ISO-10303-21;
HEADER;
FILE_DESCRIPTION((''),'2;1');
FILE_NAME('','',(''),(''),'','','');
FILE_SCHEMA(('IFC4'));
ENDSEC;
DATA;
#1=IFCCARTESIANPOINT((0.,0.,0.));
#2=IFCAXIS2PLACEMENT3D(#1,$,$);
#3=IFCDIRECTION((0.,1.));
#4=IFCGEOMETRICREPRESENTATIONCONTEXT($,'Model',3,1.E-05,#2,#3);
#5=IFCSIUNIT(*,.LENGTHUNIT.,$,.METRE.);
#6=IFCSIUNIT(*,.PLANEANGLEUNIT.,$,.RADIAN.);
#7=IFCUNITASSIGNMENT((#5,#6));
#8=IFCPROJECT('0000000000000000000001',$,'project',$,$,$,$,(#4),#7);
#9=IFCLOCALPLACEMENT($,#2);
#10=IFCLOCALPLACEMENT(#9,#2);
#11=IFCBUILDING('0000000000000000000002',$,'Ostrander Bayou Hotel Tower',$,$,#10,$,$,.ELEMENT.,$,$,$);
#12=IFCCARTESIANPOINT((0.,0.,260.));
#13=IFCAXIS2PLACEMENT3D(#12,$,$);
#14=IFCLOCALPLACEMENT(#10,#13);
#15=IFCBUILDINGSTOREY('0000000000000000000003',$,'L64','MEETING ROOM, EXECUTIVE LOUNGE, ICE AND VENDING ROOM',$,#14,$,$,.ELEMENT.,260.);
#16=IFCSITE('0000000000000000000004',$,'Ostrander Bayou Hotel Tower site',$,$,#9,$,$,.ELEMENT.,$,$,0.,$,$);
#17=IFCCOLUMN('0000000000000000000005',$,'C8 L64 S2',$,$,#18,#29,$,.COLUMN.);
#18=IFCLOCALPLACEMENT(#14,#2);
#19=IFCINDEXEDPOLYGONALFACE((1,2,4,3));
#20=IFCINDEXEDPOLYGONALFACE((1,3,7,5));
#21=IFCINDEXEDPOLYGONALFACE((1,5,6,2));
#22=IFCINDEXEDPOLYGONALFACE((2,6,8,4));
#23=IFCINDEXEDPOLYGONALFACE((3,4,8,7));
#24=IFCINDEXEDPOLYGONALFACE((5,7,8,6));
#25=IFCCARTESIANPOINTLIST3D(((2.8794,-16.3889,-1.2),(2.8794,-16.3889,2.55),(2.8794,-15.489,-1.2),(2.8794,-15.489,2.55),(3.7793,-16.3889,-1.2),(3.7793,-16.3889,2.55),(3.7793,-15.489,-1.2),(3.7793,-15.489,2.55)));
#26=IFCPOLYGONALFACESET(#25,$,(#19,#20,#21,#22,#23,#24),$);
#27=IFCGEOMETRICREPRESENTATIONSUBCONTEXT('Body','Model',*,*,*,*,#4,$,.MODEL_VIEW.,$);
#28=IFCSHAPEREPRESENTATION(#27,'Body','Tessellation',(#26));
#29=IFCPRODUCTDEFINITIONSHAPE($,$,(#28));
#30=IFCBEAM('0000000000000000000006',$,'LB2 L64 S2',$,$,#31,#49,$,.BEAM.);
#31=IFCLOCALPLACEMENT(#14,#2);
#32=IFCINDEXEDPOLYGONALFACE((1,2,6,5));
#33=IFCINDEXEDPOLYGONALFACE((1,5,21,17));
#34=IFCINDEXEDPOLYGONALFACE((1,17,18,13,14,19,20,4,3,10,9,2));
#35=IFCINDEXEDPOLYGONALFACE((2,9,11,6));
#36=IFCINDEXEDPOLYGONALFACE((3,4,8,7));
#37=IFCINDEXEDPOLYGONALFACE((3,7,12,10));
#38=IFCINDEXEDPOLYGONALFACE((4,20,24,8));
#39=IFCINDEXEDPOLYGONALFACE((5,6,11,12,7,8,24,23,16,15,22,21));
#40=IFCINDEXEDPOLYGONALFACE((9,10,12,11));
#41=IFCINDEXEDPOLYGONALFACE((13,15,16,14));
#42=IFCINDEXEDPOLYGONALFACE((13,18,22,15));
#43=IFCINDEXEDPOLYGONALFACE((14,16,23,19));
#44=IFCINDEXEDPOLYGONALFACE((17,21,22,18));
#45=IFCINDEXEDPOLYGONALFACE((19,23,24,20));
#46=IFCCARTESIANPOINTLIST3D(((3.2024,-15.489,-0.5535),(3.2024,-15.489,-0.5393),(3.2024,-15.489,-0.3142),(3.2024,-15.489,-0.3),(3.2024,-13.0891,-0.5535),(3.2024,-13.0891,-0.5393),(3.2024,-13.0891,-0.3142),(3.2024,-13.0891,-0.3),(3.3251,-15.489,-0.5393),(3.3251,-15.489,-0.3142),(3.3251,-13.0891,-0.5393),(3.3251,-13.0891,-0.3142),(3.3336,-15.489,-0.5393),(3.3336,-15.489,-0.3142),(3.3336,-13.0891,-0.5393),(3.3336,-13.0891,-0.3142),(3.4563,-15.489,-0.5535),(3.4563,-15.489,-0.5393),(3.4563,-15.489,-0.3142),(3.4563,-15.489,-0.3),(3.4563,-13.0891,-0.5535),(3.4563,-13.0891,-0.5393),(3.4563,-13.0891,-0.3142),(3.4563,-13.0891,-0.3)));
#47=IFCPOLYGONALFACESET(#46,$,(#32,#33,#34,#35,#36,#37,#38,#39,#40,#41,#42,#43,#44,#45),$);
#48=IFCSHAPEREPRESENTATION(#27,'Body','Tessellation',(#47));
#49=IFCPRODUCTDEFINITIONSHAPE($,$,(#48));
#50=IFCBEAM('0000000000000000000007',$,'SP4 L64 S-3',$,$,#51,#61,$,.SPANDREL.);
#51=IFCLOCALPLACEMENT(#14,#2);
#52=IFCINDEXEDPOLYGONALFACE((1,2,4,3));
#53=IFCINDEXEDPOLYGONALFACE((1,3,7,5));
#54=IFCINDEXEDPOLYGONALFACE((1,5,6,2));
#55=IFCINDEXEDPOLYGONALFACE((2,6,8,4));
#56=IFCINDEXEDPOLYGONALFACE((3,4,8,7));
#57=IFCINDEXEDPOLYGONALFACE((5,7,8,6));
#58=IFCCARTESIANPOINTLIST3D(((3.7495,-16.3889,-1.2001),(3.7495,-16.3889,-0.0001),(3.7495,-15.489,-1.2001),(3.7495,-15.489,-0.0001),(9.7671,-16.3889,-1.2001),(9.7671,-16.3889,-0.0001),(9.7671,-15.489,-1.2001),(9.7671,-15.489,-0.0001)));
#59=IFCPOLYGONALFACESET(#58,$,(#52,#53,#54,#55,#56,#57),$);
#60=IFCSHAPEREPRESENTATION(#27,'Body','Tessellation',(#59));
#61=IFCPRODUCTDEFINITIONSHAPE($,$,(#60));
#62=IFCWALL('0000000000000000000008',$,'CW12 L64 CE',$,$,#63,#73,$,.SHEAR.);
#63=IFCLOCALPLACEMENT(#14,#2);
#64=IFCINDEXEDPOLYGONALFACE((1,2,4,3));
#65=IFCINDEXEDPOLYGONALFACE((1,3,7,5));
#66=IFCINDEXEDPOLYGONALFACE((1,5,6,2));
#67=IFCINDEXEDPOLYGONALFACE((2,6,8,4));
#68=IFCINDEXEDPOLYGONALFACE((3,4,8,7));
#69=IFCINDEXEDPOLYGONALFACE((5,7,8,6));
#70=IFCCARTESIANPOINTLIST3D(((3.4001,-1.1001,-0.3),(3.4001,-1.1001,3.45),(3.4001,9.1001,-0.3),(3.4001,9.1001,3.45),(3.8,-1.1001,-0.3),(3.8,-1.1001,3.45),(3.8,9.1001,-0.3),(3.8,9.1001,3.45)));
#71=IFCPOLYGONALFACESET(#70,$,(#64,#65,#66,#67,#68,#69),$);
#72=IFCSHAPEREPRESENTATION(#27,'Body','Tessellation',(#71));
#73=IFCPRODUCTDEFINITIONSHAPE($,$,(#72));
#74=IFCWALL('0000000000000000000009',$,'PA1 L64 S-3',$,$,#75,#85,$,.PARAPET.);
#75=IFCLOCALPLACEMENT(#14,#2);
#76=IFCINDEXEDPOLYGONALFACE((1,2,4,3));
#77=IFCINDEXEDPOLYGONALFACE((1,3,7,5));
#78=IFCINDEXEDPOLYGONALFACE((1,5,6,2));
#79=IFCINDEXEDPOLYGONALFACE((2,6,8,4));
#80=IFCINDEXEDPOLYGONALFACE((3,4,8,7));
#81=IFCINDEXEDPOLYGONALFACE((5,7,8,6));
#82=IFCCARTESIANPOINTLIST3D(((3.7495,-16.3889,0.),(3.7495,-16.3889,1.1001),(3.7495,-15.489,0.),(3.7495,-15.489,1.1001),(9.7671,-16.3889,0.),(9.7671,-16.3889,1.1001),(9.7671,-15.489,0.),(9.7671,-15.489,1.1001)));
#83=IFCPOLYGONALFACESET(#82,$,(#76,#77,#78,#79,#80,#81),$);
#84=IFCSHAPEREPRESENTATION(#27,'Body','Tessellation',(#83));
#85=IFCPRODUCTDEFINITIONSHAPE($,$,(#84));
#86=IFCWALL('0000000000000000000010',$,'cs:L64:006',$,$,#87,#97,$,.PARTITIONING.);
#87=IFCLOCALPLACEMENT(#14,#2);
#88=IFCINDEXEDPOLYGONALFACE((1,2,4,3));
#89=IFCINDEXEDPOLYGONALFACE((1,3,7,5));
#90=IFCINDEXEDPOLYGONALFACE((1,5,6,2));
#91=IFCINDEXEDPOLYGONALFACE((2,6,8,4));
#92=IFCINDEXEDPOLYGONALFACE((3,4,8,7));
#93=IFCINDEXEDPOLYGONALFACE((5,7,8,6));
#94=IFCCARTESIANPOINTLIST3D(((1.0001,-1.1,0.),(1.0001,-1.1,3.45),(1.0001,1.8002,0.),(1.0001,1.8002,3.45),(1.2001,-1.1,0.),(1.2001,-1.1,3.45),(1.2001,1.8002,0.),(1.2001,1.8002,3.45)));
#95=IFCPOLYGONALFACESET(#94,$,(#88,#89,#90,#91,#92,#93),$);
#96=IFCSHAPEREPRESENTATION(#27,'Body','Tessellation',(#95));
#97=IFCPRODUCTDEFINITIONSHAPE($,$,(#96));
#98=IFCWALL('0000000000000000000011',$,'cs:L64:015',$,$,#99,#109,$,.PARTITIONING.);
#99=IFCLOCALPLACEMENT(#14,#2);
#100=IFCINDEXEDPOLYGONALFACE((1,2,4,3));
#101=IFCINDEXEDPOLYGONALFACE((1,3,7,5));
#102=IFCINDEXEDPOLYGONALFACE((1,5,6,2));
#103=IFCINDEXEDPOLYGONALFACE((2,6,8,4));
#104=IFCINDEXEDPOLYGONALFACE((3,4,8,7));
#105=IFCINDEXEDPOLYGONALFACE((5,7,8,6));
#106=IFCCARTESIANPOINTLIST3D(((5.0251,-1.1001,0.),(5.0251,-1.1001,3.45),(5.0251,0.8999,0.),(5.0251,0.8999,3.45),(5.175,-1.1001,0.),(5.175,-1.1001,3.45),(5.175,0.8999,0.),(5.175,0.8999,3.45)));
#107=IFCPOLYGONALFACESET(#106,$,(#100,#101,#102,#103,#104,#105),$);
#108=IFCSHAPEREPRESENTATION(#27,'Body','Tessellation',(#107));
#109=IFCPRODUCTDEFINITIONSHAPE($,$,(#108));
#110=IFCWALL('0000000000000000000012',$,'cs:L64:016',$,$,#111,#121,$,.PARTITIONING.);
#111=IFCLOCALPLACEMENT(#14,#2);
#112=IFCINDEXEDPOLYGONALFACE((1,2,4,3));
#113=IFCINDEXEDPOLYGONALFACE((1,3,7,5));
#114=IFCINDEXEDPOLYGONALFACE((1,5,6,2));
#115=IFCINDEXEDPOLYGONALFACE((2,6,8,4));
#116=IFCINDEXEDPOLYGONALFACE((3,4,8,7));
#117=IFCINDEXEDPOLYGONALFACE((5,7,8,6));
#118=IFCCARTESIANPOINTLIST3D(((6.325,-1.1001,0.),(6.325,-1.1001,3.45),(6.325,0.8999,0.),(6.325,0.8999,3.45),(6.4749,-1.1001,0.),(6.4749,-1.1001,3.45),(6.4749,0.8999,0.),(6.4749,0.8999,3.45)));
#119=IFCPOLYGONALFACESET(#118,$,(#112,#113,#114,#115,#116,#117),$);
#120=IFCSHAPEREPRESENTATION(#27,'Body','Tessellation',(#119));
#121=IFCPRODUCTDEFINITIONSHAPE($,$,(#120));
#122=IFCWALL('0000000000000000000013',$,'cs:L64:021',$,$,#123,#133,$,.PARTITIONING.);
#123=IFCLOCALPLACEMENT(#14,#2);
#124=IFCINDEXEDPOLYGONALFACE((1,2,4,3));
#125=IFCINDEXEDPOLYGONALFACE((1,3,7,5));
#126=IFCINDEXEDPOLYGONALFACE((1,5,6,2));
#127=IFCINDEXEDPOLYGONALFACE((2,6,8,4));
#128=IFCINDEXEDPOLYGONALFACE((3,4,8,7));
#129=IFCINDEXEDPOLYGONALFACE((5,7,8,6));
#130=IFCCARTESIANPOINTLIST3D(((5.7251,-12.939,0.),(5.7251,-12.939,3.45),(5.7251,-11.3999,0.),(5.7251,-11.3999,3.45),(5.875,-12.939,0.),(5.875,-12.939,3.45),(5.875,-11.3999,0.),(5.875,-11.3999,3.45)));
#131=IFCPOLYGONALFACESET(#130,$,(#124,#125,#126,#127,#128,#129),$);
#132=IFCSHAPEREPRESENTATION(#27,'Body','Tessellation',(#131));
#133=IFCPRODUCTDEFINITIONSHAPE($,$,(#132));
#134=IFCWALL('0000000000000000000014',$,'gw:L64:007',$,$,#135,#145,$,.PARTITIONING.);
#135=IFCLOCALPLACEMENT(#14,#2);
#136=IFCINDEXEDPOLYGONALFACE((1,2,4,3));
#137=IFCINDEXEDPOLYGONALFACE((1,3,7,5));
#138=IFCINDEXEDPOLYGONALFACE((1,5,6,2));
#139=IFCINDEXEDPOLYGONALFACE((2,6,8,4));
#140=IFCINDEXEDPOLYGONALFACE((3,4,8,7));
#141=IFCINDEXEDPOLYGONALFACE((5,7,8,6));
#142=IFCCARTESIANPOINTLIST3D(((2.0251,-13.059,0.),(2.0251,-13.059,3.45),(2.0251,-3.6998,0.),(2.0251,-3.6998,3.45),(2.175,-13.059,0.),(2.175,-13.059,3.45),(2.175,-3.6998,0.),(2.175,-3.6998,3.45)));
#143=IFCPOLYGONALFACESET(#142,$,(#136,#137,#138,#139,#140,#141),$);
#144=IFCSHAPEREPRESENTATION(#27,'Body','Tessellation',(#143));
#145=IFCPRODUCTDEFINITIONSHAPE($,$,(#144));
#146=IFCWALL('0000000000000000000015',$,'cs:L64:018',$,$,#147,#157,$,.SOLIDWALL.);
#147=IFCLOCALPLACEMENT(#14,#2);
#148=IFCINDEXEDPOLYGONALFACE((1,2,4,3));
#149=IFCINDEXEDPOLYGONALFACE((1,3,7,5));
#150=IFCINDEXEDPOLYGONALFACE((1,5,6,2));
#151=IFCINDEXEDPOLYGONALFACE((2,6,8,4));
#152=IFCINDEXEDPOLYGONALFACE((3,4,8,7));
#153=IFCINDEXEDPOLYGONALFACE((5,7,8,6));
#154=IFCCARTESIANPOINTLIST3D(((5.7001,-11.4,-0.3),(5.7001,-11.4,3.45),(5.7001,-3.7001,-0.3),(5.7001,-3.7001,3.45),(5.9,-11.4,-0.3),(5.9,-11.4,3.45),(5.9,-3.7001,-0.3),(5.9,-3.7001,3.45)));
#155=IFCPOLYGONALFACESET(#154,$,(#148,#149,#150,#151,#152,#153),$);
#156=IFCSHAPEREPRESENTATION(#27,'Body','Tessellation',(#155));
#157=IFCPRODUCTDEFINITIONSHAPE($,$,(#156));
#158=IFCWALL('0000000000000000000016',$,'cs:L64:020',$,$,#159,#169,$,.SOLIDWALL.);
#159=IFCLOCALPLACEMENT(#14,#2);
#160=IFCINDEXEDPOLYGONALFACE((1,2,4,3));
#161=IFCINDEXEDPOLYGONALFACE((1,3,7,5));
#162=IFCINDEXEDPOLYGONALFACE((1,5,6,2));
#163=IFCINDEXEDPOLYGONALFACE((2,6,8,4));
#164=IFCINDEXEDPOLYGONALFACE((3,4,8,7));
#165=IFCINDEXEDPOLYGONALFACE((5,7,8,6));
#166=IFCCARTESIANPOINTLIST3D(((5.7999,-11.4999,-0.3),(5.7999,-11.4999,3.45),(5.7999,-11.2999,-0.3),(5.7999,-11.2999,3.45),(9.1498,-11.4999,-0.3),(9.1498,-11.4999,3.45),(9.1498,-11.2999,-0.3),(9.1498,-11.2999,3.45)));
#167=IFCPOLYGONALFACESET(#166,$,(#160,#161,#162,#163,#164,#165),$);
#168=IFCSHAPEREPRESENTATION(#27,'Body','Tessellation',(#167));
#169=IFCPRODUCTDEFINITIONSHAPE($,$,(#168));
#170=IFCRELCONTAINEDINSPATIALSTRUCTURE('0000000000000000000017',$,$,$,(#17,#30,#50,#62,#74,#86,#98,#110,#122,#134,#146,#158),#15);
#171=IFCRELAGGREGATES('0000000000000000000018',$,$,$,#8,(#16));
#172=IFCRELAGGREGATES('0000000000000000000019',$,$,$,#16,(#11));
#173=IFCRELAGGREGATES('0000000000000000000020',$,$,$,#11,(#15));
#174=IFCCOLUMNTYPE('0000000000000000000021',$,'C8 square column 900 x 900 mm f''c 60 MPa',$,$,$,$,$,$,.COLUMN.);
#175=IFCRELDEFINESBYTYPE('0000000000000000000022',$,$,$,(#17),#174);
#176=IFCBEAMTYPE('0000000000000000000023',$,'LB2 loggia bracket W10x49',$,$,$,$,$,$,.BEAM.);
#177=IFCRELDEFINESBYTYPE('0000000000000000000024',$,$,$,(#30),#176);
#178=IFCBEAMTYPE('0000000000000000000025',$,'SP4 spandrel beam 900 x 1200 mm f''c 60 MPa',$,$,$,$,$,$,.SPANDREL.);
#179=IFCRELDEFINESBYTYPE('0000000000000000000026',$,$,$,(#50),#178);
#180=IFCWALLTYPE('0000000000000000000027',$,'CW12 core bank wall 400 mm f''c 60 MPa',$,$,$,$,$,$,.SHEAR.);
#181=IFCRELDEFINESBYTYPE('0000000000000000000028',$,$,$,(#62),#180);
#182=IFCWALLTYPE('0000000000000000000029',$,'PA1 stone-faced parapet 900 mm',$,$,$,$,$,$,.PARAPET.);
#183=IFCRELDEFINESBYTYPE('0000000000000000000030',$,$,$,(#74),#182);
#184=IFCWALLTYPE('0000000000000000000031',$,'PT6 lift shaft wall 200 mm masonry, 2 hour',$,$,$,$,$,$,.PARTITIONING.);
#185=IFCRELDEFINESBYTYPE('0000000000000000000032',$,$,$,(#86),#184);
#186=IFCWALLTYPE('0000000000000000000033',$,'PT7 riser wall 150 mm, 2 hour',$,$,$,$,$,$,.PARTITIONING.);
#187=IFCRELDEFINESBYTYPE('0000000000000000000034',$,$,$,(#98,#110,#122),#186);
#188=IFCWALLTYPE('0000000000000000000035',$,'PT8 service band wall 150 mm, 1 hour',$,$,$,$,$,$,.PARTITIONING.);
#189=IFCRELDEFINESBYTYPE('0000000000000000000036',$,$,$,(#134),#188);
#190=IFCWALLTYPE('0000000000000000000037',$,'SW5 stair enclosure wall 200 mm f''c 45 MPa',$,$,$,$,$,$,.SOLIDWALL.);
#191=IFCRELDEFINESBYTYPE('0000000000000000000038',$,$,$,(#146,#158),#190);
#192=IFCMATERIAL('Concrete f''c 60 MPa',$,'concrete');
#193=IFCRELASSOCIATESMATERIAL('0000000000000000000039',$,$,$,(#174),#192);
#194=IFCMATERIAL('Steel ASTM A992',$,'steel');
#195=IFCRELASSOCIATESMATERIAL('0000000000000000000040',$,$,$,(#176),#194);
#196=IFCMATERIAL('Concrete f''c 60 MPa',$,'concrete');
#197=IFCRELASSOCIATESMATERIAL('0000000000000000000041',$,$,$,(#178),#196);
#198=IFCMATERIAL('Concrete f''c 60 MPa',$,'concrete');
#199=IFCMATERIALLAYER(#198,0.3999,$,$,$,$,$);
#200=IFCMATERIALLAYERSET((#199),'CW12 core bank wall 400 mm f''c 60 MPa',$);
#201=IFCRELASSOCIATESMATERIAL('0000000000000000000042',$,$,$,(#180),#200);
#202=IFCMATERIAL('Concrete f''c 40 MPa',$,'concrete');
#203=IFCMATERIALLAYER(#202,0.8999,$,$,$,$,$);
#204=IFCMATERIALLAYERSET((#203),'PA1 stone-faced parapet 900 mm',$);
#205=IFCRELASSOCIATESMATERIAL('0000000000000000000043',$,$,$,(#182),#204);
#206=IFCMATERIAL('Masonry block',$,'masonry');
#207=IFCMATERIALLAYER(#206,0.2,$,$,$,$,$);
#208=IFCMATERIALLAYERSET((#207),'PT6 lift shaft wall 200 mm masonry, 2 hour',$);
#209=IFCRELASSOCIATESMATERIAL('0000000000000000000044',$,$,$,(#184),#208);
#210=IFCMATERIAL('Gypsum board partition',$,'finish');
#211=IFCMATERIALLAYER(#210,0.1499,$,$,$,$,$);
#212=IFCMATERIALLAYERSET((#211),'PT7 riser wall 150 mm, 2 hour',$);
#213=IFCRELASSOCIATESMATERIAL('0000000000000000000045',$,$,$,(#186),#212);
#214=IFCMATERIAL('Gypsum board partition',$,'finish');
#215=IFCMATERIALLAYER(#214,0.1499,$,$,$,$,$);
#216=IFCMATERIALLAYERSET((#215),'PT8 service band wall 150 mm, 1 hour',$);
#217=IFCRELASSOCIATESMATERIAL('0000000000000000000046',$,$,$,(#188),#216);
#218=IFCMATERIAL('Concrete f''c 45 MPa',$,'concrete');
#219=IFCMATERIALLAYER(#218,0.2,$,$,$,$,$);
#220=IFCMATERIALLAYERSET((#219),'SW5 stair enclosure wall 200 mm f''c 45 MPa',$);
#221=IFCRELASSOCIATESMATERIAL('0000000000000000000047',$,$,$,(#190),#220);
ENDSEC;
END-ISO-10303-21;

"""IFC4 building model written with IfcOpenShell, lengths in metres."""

from ifc_helpers import new_model, si_unit, direction, frame, frame_2d, origin, origin_2d, place, context, subcontext, project, spatial, rectangle, i_section, extrude, material, layer, layer_set, material_profile, profile_set, type_object, element, save


model = new_model("IFC4")

# Units and contexts
model_context = context("Model", 3, precision=1e-05, world=origin(), true_north=direction((0.0, 1.0)))
body_context = subcontext(model_context, "Body", "Model", "MODEL_VIEW")
ifc_project = project(units=[si_unit("LENGTHUNIT", "METRE"), si_unit("PLANEANGLEUNIT", "RADIAN")], contexts=[model_context])

# Site, building, storey
site_placement = place(None, origin())
site = spatial("IfcSite", under=ifc_project, at=site_placement, Name="Ostrander Bayou Hotel Tower site", CompositionType="ELEMENT", RefElevation=0.0)
building_placement = place(site_placement, origin())
building = spatial("IfcBuilding", under=site, at=building_placement, Name="Ostrander Bayou Hotel Tower", CompositionType="ELEMENT")
storey_placement = place(building_placement, frame((0.0, 0.0, 260.0)))
storey = spatial("IfcBuildingStorey", under=building, at=storey_placement, Name="L64", Description="MEETING ROOM, EXECUTIVE LOUNGE, ICE AND VENDING ROOM", CompositionType="ELEMENT", Elevation=260.0)

# Column
ifc_material_1 = material(Name="Concrete f'c 60 MPa", Category="concrete")
ifc_material_profile_1 = material_profile(ifc_material_1, rectangle(XDim=0.8999, YDim=0.8999, at=origin_2d()))
ifc_profile_set_1 = profile_set([ifc_material_profile_1], Name="Concrete f'c 60 MPa")
column_type = type_object("IfcColumnType", Name="C8 square column 900 x 900 mm f'c 60 MPa", PredefinedType="COLUMN", material=ifc_profile_set_1)
column_placement = place(storey_placement, frame((3.3293, -15.939, -1.2), z_axis=(0.0, 0.0, 1.0), x_axis=(-1.0, 0.0, 0.0)))
element("IfcColumn", 1, at=column_placement, inside=storey, type_object=column_type, Name="C8 L64 S2", PredefinedType="COLUMN", context=body_context, shape_type="SweptSolid", body=[
    extrude(rectangle(XDim=0.8999, YDim=0.8999, at=origin_2d()), origin(), (0.0, 0.0, 1.0), 3.75),
])

# Beams
ifc_material_2 = material(Name="Steel ASTM A992", Category="steel")
ifc_material_profile_2 = material_profile(ifc_material_2, i_section(OverallWidth=0.2539, OverallDepth=0.2534, WebThickness=0.0085, FlangeThickness=0.0142, at=origin_2d()))
ifc_profile_set_2 = profile_set([ifc_material_profile_2], Name="Steel ASTM A992")
beam_type_1 = type_object("IfcBeamType", Name="LB2 loggia bracket W10x49", PredefinedType="BEAM", material=ifc_profile_set_2)
beam_1_placement = place(storey_placement, frame((3.3293, -15.489, -0.4268), z_axis=(0.0, 1.0, 0.0), x_axis=(-1.0, 0.0, 0.0)))
element("IfcBeam", 2, at=beam_1_placement, inside=storey, type_object=beam_type_1, Name="LB2 L64 S2", PredefinedType="BEAM", context=body_context, shape_type="SweptSolid", body=[
    extrude(i_section(OverallWidth=0.2539, OverallDepth=0.2534, WebThickness=0.0085, FlangeThickness=0.0142, at=origin_2d()), origin(), (0.0, 0.0, 1.0), 2.3999),
])
ifc_material_3 = material(Name="Concrete f'c 60 MPa", Category="concrete")
ifc_material_profile_3 = material_profile(ifc_material_3, rectangle(XDim=0.8999, YDim=1.2, at=origin_2d()))
ifc_profile_set_3 = profile_set([ifc_material_profile_3], Name="Concrete f'c 60 MPa")
beam_type_2 = type_object("IfcBeamType", Name="SP4 spandrel beam 900 x 1200 mm f'c 60 MPa", PredefinedType="SPANDREL", material=ifc_profile_set_3)
beam_2_placement = place(storey_placement, frame((3.7495, -15.939, -0.6001), z_axis=(1.0, 0.0, 0.0), x_axis=(0.0, 1.0, 0.0)))
element("IfcBeam", 3, at=beam_2_placement, inside=storey, type_object=beam_type_2, Name="SP4 L64 S-3", PredefinedType="SPANDREL", context=body_context, shape_type="SweptSolid", body=[
    extrude(rectangle(XDim=0.8999, YDim=1.2, at=origin_2d()), origin(), (0.0, 0.0, 1.0), 6.0176),
])

# Walls
ifc_material_4 = material(Name="Concrete f'c 60 MPa", Category="concrete")
ifc_layer_1 = layer(ifc_material_4, 0.3999)
ifc_layer_set_1 = layer_set([ifc_layer_1], Name="CW12 core bank wall 400 mm f'c 60 MPa")
wall_type_1 = type_object("IfcWallType", Name="CW12 core bank wall 400 mm f'c 60 MPa", PredefinedType="SHEAR", material=ifc_layer_set_1)
wall_1_placement = place(storey_placement, frame((3.6001, -1.1001, -0.3), z_axis=(0.0, 0.0, 1.0), x_axis=(0.0, 1.0, 0.0)))
element("IfcWall", 4, at=wall_1_placement, inside=storey, type_object=wall_type_1, Name="CW12 L64 CE", PredefinedType="SHEAR", context=body_context, shape_type="SweptSolid", body=[
    extrude(rectangle(XDim=10.2002, YDim=0.3999, at=frame_2d((5.1001, 0.0))), origin(), (0.0, 0.0, 1.0), 3.75),
])
ifc_material_5 = material(Name="Concrete f'c 40 MPa", Category="concrete")
ifc_layer_2 = layer(ifc_material_5, 0.8999)
ifc_layer_set_2 = layer_set([ifc_layer_2], Name="PA1 stone-faced parapet 900 mm")
wall_type_2 = type_object("IfcWallType", Name="PA1 stone-faced parapet 900 mm", PredefinedType="PARAPET", material=ifc_layer_set_2)
wall_2_placement = place(storey_placement, frame((3.7495, -15.939, 0.0), z_axis=(0.0, 0.0, 1.0), x_axis=(1.0, 0.0, 0.0)))
element("IfcWall", 5, at=wall_2_placement, inside=storey, type_object=wall_type_2, Name="PA1 L64 S-3", PredefinedType="PARAPET", context=body_context, shape_type="SweptSolid", body=[
    extrude(rectangle(XDim=6.0176, YDim=0.8999, at=frame_2d((3.0088, 0.0))), origin(), (0.0, 0.0, 1.0), 1.1001),
])
ifc_material_6 = material(Name="Masonry block", Category="masonry")
ifc_layer_3 = layer(ifc_material_6, 0.2)
ifc_layer_set_3 = layer_set([ifc_layer_3], Name="PT6 lift shaft wall 200 mm masonry, 2 hour")
wall_type_3 = type_object("IfcWallType", Name="PT6 lift shaft wall 200 mm masonry, 2 hour", PredefinedType="PARTITIONING", material=ifc_layer_set_3)
wall_3_placement = place(storey_placement, frame((1.1001, -1.1001, 0.0), z_axis=(0.0, 0.0, 1.0), x_axis=(0.0, 1.0, 0.0)))
element("IfcWall", 6, at=wall_3_placement, inside=storey, type_object=wall_type_3, Name="cs:L64:006", PredefinedType="PARTITIONING", context=body_context, shape_type="SweptSolid", body=[
    extrude(rectangle(XDim=2.9001, YDim=0.2, at=frame_2d((1.4502, 0.0))), origin(), (0.0, 0.0, 1.0), 3.45),
])
ifc_material_7 = material(Name="Gypsum board partition", Category="finish")
ifc_layer_4 = layer(ifc_material_7, 0.1499)
ifc_layer_set_4 = layer_set([ifc_layer_4], Name="PT7 riser wall 150 mm, 2 hour")
wall_type_4 = type_object("IfcWallType", Name="PT7 riser wall 150 mm, 2 hour", PredefinedType="PARTITIONING", material=ifc_layer_set_4)
for number, where, z_axis, x_axis, name in (
    (7, (5.1001, -1.1001, 0.0), (0.0, 0.0, 1.0), (0.0, 1.0, 0.0), "cs:L64:015"),
    (8, (6.3999, -1.1001, 0.0), (0.0, 0.0, 1.0), (0.0, 1.0, 0.0), "cs:L64:016"),
):
    element("IfcWall", number, at=place(storey_placement, frame(where, z_axis=z_axis, x_axis=x_axis)), inside=storey, type_object=wall_type_4, Name=name, PredefinedType="PARTITIONING", context=body_context, shape_type="SweptSolid", body=[
        extrude(rectangle(XDim=2.0, YDim=0.1499, at=frame_2d((1.0, 0.0))), origin(), (0.0, 0.0, 1.0), 3.45),
    ])
wall_4_placement = place(storey_placement, frame((5.8, -11.3999, 0.0), z_axis=(0.0, 0.0, 1.0), x_axis=(0.0, -1.0, 0.0)))
element("IfcWall", 9, at=wall_4_placement, inside=storey, type_object=wall_type_4, Name="cs:L64:021", PredefinedType="PARTITIONING", context=body_context, shape_type="SweptSolid", body=[
    extrude(rectangle(XDim=1.5391, YDim=0.1499, at=frame_2d((0.7695, 0.0))), origin(), (0.0, 0.0, 1.0), 3.45),
])
ifc_material_8 = material(Name="Gypsum board partition", Category="finish")
ifc_layer_5 = layer(ifc_material_8, 0.1499)
ifc_layer_set_5 = layer_set([ifc_layer_5], Name="PT8 service band wall 150 mm, 1 hour")
wall_type_5 = type_object("IfcWallType", Name="PT8 service band wall 150 mm, 1 hour", PredefinedType="PARTITIONING", material=ifc_layer_set_5)
wall_5_placement = place(storey_placement, frame((2.1001, -13.0591, 0.0), z_axis=(0.0, 0.0, 1.0), x_axis=(0.0, 1.0, 0.0)))
element("IfcWall", 10, at=wall_5_placement, inside=storey, type_object=wall_type_5, Name="gw:L64:007", PredefinedType="PARTITIONING", context=body_context, shape_type="SweptSolid", body=[
    extrude(rectangle(XDim=9.3591, YDim=0.1499, at=frame_2d((4.6797, 0.0))), origin(), (0.0, 0.0, 1.0), 3.45),
])

# Shared definitions
ifc_material_9 = material(Name="Concrete f'c 45 MPa", Category="concrete")
ifc_layer_6 = layer(ifc_material_9, 0.2)
ifc_layer_set_6 = layer_set([ifc_layer_6], Name="SW5 stair enclosure wall 200 mm f'c 45 MPa")
wall_type_6 = type_object("IfcWallType", Name="SW5 stair enclosure wall 200 mm f'c 45 MPa", PredefinedType="SOLIDWALL", material=ifc_layer_set_6)

# Walls
wall_6_placement = place(storey_placement, frame((5.8, -3.7, -0.3), z_axis=(0.0, 0.0, 1.0), x_axis=(0.0, -1.0, 0.0)))
element("IfcWall", 11, at=wall_6_placement, inside=storey, type_object=wall_type_6, Name="cs:L64:018", PredefinedType="SOLIDWALL", context=body_context, shape_type="SweptSolid", body=[
    extrude(rectangle(XDim=7.7, YDim=0.2, at=frame_2d((3.8501, 0.0))), origin(), (0.0, 0.0, 1.0), 3.75),
])
wall_7_placement = place(storey_placement, frame((5.8, -11.3999, -0.3), z_axis=(0.0, 0.0, 1.0), x_axis=(1.0, 0.0, 0.0)))
element("IfcWall", 12, at=wall_7_placement, inside=storey, type_object=wall_type_6, Name="cs:L64:020", PredefinedType="SOLIDWALL", context=body_context, shape_type="SweptSolid", body=[
    extrude(rectangle(XDim=3.3499, YDim=0.2, at=frame_2d((1.6748, 0.0))), origin(), (0.0, 0.0, 1.0), 3.75),
])

save(model, "model.ifc")
